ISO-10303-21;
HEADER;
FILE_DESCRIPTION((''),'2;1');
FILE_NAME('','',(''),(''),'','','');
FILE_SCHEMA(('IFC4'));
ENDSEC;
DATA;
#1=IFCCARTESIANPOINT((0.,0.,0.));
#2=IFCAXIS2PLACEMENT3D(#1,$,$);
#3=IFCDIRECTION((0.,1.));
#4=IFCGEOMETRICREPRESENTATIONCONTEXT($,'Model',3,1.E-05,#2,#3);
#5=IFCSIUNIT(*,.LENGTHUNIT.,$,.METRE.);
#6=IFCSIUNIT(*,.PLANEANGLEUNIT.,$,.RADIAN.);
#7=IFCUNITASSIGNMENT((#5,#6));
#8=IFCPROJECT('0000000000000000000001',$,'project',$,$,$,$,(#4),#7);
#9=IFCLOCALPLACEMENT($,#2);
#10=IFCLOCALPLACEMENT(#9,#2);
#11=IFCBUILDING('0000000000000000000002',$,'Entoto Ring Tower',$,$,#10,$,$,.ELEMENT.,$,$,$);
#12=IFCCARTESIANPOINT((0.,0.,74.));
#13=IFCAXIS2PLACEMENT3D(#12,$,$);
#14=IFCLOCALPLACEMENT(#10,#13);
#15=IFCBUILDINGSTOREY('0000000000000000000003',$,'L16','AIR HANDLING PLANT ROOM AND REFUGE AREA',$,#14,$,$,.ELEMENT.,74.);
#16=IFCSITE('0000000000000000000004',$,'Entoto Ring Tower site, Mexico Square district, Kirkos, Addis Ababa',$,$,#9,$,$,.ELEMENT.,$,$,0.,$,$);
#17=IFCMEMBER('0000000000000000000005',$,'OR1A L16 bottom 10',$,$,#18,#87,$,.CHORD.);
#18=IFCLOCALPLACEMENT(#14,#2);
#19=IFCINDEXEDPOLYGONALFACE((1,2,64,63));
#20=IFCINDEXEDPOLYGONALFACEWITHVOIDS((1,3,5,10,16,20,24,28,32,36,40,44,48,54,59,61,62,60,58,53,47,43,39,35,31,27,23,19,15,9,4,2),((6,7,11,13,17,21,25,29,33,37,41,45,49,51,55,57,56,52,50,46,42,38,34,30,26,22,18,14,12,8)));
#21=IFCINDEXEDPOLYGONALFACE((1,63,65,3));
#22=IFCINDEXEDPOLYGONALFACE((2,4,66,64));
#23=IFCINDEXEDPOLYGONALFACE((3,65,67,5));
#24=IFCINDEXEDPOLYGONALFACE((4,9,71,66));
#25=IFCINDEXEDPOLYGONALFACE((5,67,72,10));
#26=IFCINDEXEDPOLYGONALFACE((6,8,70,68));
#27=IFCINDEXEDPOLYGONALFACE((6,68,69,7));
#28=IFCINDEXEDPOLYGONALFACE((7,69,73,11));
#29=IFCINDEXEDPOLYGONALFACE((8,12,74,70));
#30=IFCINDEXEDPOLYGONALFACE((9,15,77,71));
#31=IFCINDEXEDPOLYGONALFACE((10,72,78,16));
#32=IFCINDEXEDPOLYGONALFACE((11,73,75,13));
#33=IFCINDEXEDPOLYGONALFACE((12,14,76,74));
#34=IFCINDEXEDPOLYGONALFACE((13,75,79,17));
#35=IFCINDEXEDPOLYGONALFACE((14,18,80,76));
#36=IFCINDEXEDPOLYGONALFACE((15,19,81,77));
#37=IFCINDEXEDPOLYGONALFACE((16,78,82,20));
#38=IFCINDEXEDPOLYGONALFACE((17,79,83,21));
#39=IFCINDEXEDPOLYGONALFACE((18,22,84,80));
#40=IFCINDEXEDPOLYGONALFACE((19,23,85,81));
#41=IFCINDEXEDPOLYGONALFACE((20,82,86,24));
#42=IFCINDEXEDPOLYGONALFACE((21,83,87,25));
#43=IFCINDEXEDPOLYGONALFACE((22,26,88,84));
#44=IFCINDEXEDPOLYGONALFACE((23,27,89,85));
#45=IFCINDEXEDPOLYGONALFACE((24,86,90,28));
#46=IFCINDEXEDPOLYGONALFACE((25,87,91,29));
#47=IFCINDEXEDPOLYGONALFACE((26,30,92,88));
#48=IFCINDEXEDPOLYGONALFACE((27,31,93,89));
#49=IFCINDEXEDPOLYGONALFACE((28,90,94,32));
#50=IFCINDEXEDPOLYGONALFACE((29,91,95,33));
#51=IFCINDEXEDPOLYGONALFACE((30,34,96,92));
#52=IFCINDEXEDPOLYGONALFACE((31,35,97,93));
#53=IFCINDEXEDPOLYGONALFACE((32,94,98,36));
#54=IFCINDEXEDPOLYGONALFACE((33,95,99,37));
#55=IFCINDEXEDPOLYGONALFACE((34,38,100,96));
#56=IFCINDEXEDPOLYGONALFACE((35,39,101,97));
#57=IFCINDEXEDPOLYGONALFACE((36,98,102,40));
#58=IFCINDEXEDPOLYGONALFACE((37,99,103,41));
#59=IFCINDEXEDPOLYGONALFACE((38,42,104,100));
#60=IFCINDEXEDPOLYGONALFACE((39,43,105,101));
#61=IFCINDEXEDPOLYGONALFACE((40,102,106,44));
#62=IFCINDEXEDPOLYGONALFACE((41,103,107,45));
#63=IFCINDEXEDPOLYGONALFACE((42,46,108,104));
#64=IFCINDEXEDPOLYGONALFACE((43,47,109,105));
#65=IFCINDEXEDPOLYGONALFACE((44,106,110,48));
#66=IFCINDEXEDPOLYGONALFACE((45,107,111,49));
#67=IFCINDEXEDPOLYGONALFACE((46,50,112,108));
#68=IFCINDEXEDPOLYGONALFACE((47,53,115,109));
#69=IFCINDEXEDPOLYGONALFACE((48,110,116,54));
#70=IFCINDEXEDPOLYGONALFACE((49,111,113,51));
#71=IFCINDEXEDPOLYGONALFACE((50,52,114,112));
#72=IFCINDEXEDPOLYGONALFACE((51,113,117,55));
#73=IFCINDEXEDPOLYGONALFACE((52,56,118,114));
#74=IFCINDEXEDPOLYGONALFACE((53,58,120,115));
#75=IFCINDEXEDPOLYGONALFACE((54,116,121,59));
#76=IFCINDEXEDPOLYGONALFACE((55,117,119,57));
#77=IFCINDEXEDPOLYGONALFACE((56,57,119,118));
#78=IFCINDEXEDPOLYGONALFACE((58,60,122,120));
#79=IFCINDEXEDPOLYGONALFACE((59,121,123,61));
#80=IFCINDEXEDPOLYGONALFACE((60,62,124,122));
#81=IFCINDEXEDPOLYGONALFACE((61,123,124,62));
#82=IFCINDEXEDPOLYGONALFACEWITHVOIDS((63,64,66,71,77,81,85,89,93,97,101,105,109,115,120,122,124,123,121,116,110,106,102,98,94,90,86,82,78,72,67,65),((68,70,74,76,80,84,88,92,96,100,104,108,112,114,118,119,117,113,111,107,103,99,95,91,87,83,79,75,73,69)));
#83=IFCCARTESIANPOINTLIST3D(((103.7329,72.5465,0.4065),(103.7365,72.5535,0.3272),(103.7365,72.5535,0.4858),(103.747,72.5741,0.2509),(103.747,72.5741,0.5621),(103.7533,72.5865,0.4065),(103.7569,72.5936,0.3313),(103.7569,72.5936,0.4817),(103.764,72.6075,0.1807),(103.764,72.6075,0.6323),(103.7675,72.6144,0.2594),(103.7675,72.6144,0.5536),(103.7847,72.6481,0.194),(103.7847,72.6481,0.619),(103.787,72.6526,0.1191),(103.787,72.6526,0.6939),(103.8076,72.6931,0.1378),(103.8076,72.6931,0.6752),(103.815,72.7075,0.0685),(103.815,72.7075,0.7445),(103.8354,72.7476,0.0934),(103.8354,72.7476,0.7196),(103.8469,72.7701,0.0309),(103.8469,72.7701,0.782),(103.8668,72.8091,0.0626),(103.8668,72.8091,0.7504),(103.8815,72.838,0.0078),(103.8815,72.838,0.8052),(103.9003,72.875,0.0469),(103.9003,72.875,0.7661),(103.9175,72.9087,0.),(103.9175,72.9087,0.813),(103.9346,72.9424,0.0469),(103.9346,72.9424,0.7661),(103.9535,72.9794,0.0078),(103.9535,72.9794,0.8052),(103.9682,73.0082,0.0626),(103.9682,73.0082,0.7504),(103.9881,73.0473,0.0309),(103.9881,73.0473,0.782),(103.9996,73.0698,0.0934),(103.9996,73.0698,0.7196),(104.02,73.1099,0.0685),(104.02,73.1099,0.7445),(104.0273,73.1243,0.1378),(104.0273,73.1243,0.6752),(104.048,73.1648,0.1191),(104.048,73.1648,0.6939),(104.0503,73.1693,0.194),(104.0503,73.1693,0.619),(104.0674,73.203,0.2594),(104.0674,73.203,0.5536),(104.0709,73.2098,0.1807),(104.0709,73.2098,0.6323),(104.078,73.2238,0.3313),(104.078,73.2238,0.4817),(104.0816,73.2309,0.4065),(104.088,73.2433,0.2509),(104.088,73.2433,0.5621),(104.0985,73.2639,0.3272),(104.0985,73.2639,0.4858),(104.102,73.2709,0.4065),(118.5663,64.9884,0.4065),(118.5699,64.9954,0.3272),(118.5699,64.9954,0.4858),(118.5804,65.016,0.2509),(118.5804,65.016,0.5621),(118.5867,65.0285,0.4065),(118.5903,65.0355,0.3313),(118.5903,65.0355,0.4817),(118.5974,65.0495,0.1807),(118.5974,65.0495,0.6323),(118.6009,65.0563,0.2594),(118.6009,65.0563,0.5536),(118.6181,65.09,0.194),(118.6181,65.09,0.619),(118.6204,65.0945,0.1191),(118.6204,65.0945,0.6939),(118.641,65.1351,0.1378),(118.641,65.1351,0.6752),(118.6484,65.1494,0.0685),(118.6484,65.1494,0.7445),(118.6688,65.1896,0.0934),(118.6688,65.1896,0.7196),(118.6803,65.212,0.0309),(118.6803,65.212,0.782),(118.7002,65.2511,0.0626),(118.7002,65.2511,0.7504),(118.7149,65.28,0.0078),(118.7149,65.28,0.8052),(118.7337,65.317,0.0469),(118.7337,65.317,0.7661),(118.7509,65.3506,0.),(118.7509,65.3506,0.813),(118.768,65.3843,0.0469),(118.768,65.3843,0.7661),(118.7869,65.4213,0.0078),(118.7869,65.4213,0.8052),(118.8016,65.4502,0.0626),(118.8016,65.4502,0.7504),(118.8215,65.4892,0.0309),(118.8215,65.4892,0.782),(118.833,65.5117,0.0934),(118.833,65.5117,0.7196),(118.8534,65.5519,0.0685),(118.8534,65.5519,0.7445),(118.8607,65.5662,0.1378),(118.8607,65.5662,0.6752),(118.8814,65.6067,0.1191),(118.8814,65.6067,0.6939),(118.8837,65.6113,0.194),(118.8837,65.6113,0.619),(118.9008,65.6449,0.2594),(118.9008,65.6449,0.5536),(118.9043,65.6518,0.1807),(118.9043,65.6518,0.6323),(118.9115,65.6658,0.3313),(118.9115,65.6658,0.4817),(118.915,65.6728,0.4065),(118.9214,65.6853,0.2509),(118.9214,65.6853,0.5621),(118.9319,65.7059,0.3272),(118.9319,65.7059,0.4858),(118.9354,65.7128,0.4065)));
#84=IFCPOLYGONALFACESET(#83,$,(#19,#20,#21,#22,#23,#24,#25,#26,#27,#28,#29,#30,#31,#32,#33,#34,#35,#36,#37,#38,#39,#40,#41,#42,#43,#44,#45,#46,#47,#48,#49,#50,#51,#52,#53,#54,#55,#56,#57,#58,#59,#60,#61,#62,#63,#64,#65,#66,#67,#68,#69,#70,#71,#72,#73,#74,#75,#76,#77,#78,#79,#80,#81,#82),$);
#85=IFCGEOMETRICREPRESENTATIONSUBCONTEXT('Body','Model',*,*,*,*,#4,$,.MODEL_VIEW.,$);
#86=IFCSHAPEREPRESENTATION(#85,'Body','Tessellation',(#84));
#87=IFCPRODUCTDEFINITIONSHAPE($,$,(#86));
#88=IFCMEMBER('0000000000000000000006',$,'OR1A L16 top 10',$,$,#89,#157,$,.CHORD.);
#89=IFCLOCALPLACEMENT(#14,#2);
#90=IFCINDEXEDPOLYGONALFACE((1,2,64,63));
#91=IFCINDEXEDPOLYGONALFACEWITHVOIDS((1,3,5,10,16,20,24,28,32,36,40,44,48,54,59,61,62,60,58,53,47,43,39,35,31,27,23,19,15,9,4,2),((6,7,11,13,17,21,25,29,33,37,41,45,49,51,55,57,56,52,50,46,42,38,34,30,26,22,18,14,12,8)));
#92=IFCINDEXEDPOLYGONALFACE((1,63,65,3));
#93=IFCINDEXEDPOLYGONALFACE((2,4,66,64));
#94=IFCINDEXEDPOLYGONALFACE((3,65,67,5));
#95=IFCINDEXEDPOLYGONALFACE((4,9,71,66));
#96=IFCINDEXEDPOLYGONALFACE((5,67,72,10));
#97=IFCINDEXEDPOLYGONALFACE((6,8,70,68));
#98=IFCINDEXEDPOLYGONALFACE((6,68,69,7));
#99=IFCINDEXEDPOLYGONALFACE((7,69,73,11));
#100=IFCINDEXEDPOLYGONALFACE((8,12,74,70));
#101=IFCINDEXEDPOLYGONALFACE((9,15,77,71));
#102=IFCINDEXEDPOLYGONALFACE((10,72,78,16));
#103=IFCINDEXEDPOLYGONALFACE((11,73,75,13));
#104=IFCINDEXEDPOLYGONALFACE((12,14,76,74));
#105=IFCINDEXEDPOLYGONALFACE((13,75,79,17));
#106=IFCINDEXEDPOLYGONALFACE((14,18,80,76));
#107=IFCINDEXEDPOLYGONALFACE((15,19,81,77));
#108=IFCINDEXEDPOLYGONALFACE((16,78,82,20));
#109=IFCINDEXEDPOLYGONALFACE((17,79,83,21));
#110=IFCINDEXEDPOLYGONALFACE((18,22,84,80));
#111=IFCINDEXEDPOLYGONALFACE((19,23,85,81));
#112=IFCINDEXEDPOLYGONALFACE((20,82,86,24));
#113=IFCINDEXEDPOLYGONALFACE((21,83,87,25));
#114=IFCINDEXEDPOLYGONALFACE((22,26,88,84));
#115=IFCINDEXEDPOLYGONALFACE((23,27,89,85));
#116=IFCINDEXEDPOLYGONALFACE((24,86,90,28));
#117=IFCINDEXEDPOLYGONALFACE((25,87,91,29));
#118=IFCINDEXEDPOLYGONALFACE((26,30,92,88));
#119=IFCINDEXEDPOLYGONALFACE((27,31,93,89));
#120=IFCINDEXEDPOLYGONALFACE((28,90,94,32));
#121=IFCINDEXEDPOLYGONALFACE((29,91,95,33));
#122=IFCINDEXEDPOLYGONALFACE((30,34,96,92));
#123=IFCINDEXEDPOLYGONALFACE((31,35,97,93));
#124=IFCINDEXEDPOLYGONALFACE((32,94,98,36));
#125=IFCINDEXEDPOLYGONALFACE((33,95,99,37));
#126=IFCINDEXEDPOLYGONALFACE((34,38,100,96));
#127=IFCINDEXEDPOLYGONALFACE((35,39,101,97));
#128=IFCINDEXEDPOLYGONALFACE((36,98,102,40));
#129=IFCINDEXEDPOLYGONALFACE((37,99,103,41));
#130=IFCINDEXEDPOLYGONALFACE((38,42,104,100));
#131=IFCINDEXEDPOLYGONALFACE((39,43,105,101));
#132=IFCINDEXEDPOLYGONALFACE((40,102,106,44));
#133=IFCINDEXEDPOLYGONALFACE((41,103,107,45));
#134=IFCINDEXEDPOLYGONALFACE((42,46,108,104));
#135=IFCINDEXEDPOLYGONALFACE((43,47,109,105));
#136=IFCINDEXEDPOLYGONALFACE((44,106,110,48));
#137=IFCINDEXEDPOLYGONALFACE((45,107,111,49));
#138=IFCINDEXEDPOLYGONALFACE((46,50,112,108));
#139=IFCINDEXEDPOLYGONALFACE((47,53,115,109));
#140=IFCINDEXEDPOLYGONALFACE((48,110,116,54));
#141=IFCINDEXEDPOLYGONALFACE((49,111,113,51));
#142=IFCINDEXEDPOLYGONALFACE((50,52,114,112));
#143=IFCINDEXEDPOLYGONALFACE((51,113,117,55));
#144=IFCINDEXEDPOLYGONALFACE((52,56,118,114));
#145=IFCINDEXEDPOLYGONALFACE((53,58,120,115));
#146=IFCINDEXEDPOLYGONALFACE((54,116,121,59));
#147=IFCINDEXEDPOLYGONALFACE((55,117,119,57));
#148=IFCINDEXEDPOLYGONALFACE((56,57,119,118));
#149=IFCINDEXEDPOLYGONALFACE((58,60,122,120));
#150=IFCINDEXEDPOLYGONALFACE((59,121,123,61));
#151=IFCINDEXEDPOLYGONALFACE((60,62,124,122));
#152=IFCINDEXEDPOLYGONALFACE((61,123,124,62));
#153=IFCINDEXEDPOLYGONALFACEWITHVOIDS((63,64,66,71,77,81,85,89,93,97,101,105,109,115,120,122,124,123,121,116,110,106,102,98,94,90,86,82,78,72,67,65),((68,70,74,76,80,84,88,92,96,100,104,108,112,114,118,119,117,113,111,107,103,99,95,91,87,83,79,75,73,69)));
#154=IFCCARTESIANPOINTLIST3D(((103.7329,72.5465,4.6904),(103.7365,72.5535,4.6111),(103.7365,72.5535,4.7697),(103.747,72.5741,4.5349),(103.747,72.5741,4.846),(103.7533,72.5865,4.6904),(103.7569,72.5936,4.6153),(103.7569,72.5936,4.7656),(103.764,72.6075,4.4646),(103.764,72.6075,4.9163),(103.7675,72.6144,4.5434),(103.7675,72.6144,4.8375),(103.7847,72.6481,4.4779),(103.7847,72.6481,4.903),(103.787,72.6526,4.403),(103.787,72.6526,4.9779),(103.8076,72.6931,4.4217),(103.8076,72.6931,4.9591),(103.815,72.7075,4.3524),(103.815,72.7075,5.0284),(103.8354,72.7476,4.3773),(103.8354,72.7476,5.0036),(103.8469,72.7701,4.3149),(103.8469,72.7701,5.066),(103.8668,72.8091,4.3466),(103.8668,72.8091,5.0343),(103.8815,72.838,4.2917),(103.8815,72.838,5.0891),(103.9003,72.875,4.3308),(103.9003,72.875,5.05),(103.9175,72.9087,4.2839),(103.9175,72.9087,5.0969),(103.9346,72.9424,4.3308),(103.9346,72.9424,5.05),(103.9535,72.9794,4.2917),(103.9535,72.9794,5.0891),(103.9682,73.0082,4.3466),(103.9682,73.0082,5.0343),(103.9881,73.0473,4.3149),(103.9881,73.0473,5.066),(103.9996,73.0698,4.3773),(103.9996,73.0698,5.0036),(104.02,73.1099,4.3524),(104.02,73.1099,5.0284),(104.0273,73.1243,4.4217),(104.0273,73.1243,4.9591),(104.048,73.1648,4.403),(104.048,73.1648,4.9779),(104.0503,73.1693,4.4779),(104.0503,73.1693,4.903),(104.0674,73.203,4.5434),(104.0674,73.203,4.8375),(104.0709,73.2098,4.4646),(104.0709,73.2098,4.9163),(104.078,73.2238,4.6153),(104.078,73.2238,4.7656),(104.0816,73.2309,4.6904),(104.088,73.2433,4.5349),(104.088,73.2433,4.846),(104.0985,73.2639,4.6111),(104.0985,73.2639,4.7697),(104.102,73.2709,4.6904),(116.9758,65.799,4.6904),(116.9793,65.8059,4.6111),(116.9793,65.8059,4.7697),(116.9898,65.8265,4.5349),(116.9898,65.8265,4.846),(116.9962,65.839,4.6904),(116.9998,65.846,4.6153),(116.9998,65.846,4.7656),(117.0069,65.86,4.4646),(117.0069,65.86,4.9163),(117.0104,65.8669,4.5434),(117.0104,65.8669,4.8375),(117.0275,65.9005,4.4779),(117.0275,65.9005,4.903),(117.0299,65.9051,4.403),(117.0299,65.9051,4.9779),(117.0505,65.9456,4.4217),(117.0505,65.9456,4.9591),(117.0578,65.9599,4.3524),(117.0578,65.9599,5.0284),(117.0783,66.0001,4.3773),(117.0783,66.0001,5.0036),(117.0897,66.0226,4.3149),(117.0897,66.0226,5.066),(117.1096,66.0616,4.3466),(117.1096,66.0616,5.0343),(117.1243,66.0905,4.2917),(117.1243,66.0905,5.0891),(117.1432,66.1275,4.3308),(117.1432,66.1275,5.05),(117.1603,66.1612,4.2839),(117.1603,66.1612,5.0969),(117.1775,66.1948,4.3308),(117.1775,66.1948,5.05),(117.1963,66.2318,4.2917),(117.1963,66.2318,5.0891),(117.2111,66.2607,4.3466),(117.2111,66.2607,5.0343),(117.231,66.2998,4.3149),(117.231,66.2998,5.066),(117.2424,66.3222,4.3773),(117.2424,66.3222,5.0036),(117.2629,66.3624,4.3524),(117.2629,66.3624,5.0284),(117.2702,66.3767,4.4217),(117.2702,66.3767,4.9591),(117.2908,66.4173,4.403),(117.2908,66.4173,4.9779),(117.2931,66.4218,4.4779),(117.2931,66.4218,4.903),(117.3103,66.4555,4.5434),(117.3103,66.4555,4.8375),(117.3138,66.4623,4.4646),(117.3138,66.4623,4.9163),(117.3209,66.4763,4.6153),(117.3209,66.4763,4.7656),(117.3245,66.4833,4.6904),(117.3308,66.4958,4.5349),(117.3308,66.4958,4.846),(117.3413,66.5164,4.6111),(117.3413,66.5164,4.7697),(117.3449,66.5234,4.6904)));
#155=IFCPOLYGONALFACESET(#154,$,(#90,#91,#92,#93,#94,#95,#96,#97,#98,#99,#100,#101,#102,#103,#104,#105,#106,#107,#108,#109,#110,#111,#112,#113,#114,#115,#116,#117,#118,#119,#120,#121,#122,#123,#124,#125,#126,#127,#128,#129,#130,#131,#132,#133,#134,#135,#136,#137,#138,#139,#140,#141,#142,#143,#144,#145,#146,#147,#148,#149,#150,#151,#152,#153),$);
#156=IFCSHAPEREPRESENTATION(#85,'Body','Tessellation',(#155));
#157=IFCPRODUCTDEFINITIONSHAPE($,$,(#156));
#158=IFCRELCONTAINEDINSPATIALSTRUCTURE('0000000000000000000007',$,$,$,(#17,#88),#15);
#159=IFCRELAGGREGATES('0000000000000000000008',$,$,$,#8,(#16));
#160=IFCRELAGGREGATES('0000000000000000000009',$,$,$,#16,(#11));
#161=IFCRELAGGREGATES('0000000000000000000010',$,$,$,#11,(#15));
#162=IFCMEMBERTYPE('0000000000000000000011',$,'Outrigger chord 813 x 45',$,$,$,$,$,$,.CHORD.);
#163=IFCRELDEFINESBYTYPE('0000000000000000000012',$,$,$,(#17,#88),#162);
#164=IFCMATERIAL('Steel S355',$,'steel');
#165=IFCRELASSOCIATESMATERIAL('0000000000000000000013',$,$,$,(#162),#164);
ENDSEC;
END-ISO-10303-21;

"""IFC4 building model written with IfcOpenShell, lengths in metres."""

from ifc_helpers import new_model, si_unit, direction, frame, origin, origin_2d, place, context, subcontext, project, spatial, circle, hollow_circle, extrude, material, material_profile, profile_set, type_object, element, save


model = new_model("IFC4")

# Units and contexts
model_context = context("Model", 3, precision=1e-05, world=origin(), true_north=direction((0.0, 1.0)))
body_context = subcontext(model_context, "Body", "Model", "MODEL_VIEW")
ifc_project = project(units=[si_unit("LENGTHUNIT", "METRE"), si_unit("PLANEANGLEUNIT", "RADIAN")], contexts=[model_context])

# Site, building, storey
site_placement = place(None, origin())
site = spatial("IfcSite", under=ifc_project, at=site_placement, Name="Entoto Ring Tower site, Mexico Square district, Kirkos, Addis Ababa", CompositionType="ELEMENT", RefElevation=0.0)
building_placement = place(site_placement, origin())
building = spatial("IfcBuilding", under=site, at=building_placement, Name="Entoto Ring Tower", CompositionType="ELEMENT")
storey_placement = place(building_placement, frame((0.0, 0.0, 74.0)))
storey = spatial("IfcBuildingStorey", under=building, at=storey_placement, Name="L16", Description="AIR HANDLING PLANT ROOM AND REFUGE AREA", CompositionType="ELEMENT", Elevation=74.0)

# Members
ifc_material_1 = material(Name="Steel S355", Category="steel")
ifc_material_profile_1 = material_profile(ifc_material_1, hollow_circle(Radius=0.4065, WallThickness=0.0449, at=origin_2d()), Name="CHS 813 x 45")
ifc_material_2 = material(Name="Concrete C60/75", Category="concrete")
ifc_material_profile_2 = material_profile(ifc_material_2, circle(Radius=0.3616, at=origin_2d()), Name="Concrete C60/75 infill")
ifc_profile_set_1 = profile_set([ifc_material_profile_1, ifc_material_profile_2], Name="Steel S355")
member_type_1 = type_object("IfcMemberType", Name="Outrigger chord 813 x 45", PredefinedType="CHORD", material=ifc_profile_set_1)
member_1_placement = place(storey_placement, frame((103.9175, 72.9087, 0.4065), z_axis=(0.891005, -0.453993, 0.0), x_axis=(0.453993, 0.891005, 0.0)))
element("IfcMember", 1, at=member_1_placement, inside=storey, type_object=member_type_1, Name="OR1A L16 bottom 10", PredefinedType="CHORD", context=body_context, shape_type="SweptSolid", body=[
    extrude(hollow_circle(Radius=0.4065, WallThickness=0.0449, at=origin_2d()), origin(), (0.0, 0.0, 1.0), 16.6479),
])
member_2_placement = place(storey_placement, frame((103.9175, 72.9087, 4.6904), z_axis=(0.891008, -0.453988, 0.0), x_axis=(0.453988, 0.891008, 0.0)))
element("IfcMember", 2, at=member_2_placement, inside=storey, type_object=member_type_1, Name="OR1A L16 top 10", PredefinedType="CHORD", context=body_context, shape_type="SweptSolid", body=[
    extrude(hollow_circle(Radius=0.4065, WallThickness=0.0449, at=origin_2d()), origin(), (0.0, 0.0, 1.0), 14.8628),
])

save(model, "model.ifc")
